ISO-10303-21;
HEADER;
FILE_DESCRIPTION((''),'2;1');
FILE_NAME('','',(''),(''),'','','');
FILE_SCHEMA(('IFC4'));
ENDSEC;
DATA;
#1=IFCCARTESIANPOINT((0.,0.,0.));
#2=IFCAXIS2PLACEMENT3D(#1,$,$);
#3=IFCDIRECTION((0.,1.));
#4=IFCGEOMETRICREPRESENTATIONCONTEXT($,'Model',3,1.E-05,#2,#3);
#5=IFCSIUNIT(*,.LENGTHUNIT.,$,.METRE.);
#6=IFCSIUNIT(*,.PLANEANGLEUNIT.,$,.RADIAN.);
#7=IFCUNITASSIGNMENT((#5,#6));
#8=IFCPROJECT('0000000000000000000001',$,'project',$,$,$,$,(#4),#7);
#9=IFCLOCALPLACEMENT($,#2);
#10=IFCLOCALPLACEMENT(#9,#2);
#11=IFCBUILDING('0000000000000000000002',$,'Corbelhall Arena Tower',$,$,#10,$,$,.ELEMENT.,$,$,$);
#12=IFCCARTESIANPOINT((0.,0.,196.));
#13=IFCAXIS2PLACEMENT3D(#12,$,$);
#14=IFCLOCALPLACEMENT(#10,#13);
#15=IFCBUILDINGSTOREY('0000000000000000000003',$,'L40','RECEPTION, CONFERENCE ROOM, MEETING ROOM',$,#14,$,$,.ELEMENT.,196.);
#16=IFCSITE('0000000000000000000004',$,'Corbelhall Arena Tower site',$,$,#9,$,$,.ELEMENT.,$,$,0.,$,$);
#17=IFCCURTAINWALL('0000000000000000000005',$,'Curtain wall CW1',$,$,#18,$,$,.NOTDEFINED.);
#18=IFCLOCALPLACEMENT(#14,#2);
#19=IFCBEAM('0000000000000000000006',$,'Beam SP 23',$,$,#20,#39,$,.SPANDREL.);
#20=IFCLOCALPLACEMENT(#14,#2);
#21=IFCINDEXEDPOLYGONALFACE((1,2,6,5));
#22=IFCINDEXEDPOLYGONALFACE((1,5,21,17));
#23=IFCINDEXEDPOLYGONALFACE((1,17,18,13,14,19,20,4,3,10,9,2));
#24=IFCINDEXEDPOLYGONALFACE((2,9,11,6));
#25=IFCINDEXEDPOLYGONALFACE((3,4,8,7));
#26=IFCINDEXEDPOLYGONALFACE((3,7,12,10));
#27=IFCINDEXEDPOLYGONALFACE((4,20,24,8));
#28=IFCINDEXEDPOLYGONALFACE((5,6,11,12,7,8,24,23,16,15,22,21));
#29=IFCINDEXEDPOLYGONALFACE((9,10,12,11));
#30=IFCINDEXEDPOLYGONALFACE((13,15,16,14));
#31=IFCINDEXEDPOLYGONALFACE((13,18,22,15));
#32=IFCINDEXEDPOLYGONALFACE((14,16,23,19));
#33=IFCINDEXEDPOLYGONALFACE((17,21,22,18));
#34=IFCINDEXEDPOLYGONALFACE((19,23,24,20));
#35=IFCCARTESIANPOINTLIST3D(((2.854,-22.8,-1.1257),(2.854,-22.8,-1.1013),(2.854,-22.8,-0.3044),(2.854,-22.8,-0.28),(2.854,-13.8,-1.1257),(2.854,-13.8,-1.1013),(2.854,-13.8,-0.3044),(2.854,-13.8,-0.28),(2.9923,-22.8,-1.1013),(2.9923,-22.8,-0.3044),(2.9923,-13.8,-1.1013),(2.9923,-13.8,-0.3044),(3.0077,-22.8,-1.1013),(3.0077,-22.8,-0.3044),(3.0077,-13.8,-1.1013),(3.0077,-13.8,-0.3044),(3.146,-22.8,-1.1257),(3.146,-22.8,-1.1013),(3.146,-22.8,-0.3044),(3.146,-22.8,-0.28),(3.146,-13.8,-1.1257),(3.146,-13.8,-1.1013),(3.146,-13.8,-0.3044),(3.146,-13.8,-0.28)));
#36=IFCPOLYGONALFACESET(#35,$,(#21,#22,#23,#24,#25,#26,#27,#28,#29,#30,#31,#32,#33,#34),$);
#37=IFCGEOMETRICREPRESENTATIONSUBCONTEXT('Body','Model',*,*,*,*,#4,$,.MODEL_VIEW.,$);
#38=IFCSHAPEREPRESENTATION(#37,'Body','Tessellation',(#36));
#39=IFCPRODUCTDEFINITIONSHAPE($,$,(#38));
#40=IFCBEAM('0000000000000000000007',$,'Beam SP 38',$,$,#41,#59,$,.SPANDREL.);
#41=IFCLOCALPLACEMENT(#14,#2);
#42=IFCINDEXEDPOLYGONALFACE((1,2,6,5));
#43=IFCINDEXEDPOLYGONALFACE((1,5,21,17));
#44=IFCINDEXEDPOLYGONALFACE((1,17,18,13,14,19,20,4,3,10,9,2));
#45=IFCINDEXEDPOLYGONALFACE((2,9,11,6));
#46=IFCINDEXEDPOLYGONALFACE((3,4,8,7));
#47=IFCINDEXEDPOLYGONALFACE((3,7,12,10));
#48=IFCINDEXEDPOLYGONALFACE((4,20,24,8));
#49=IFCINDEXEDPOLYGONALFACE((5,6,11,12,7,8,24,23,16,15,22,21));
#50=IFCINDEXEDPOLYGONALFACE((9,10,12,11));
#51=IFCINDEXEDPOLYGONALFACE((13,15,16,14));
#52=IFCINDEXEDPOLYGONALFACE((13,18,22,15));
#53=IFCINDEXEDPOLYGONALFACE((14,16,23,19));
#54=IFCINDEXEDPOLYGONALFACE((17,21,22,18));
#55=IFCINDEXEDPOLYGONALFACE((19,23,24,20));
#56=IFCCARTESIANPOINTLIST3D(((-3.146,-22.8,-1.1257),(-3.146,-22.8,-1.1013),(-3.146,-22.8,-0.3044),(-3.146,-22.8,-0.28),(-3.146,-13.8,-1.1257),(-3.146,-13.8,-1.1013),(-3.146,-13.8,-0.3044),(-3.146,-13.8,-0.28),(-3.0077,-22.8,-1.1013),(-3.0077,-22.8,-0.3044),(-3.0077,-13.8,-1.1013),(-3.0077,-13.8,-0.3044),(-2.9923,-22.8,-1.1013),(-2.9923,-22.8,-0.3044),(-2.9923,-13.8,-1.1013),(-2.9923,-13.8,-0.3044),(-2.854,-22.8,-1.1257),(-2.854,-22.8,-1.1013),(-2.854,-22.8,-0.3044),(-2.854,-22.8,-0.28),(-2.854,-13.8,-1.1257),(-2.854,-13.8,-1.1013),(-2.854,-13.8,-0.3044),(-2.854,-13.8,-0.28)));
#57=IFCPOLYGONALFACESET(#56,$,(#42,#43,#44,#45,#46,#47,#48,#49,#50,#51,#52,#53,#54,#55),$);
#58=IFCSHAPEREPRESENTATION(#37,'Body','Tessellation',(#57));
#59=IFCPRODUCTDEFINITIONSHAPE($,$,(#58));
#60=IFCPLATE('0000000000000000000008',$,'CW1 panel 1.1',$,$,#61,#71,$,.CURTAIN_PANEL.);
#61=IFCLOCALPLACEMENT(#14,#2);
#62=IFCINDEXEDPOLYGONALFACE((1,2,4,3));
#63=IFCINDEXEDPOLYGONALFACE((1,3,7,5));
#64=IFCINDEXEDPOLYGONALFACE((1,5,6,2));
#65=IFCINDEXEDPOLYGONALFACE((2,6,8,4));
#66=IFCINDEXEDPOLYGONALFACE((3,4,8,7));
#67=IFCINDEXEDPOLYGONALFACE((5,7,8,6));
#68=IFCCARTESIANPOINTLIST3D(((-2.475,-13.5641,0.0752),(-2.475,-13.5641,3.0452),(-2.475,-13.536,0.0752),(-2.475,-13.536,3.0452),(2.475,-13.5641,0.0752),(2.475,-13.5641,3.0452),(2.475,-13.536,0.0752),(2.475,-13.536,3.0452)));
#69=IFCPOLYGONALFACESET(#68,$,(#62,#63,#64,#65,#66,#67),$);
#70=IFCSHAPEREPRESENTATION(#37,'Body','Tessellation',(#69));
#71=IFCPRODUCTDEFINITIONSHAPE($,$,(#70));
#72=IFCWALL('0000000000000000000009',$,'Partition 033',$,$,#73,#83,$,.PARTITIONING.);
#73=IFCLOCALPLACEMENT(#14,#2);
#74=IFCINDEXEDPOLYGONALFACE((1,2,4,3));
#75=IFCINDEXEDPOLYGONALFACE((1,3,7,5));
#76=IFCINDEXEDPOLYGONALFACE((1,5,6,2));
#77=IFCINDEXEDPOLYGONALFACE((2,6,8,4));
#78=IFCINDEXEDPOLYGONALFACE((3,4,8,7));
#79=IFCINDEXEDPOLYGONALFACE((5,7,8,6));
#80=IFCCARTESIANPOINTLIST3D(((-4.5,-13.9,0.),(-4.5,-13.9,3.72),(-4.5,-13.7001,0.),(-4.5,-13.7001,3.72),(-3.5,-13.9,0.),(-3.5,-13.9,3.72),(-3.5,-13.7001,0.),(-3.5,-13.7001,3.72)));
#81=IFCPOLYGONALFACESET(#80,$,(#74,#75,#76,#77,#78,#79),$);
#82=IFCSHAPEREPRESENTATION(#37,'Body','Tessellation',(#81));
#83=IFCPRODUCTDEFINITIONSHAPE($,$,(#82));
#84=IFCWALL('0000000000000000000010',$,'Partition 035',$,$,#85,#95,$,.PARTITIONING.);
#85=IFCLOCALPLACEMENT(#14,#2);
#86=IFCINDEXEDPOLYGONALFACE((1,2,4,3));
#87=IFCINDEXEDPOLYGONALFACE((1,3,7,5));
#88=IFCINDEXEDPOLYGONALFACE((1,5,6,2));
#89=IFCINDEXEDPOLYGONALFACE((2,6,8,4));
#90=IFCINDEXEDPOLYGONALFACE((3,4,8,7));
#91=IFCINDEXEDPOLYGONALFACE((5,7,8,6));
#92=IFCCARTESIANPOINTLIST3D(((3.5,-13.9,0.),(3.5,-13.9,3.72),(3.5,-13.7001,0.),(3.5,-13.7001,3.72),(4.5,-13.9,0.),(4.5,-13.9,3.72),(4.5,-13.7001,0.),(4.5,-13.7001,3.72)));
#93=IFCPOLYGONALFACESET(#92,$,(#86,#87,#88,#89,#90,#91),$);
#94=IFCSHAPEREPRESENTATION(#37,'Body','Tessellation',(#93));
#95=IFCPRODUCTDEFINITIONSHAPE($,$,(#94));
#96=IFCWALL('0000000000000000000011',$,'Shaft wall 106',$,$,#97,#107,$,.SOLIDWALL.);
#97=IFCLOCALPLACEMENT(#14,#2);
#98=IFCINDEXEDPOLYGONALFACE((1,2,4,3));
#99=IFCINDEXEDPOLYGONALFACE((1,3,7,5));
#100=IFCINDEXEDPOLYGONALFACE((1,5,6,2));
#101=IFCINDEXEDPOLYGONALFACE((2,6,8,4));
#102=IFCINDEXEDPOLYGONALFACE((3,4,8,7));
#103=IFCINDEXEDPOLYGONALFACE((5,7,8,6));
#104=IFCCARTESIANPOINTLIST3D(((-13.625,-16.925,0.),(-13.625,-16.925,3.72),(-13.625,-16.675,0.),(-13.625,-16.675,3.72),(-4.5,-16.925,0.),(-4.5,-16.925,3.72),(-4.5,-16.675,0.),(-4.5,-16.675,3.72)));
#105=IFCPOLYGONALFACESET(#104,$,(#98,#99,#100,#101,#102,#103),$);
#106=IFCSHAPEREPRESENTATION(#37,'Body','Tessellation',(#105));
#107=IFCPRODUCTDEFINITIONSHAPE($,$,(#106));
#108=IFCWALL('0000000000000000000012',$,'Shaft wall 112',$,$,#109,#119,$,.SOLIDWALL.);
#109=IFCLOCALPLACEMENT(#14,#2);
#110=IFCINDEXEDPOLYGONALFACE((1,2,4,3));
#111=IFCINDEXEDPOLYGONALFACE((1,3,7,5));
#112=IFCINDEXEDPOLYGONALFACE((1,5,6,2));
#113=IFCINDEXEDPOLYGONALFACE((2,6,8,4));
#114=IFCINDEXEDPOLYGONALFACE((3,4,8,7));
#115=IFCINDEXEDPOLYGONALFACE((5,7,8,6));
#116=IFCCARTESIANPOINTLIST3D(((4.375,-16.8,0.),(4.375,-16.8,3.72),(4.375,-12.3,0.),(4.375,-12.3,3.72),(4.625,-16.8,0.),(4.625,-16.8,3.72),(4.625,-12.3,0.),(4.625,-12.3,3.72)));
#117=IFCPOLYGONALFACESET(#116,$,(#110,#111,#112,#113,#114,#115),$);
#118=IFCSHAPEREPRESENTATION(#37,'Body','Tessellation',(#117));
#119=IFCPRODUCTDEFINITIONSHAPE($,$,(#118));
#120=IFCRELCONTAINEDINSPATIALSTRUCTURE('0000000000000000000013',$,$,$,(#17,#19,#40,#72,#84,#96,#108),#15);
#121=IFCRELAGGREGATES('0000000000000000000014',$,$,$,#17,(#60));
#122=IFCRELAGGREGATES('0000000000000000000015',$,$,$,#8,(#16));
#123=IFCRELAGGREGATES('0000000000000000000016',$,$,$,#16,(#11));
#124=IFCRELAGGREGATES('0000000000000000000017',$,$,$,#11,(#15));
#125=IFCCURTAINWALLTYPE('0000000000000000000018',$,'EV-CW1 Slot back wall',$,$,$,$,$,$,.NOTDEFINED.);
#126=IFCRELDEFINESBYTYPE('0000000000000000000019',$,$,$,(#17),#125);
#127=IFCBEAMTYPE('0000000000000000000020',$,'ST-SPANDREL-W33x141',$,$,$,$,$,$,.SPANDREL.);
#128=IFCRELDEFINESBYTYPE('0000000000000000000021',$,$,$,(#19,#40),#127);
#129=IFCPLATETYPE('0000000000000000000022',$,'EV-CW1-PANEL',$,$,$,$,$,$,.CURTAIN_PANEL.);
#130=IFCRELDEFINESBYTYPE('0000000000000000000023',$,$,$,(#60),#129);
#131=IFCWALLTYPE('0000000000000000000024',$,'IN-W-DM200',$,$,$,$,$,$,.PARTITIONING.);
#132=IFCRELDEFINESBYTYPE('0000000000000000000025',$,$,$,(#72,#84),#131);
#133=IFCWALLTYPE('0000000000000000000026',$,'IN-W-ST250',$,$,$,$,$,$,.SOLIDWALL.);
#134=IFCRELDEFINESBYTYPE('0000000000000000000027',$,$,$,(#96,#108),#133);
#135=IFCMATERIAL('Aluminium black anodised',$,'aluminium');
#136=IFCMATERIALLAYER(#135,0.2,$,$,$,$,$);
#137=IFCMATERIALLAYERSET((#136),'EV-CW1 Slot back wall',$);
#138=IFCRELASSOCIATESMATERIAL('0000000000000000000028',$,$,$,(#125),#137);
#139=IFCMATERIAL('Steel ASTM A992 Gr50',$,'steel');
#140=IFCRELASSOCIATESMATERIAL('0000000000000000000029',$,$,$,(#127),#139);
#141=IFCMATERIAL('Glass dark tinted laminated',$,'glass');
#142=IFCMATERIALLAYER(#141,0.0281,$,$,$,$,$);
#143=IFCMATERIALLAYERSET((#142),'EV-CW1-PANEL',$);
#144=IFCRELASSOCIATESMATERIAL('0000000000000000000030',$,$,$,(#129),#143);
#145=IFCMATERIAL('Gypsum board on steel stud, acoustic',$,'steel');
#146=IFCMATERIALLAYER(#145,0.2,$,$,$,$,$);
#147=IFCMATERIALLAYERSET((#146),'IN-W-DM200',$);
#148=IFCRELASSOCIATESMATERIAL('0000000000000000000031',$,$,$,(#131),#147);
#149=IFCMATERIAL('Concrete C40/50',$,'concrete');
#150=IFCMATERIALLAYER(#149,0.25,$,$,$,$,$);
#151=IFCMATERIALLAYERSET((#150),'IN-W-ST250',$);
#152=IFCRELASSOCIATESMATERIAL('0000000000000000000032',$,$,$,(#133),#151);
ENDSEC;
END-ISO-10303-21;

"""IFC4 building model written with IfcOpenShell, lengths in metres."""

from ifc_helpers import new_model, si_unit, direction, frame, frame_2d, origin, origin_2d, place, context, subcontext, project, spatial, rectangle, i_section, extrude, material, layer, layer_set, material_profile, profile_set, type_object, element, aggregate, save


model = new_model("IFC4")

# Units and contexts
model_context = context("Model", 3, precision=1e-05, world=origin(), true_north=direction((0.0, 1.0)))
body_context = subcontext(model_context, "Body", "Model", "MODEL_VIEW")
ifc_project = project(units=[si_unit("LENGTHUNIT", "METRE"), si_unit("PLANEANGLEUNIT", "RADIAN")], contexts=[model_context])

# Site, building, storey
site_placement = place(None, origin())
site = spatial("IfcSite", under=ifc_project, at=site_placement, Name="Corbelhall Arena Tower site", CompositionType="ELEMENT", RefElevation=0.0)
building_placement = place(site_placement, origin())
building = spatial("IfcBuilding", under=site, at=building_placement, Name="Corbelhall Arena Tower", CompositionType="ELEMENT")
storey_placement = place(building_placement, frame((0.0, 0.0, 196.0)))
storey = spatial("IfcBuildingStorey", under=building, at=storey_placement, Name="L40", Description="RECEPTION, CONFERENCE ROOM, MEETING ROOM", CompositionType="ELEMENT", Elevation=196.0)

# Curtain wall
ifc_material_1 = material(Name="Aluminium black anodised", Category="aluminium")
ifc_layer_1 = layer(ifc_material_1, 0.2)
ifc_layer_set_1 = layer_set([ifc_layer_1], Name="EV-CW1 Slot back wall")
curtain_wall_type = type_object("IfcCurtainWallType", Name="EV-CW1 Slot back wall", PredefinedType="NOTDEFINED", material=ifc_layer_set_1)
curtain_wall_placement = place(storey_placement, origin())
curtain_wall = element("IfcCurtainWall", 1, at=curtain_wall_placement, inside=storey, type_object=curtain_wall_type, Name="Curtain wall CW1", PredefinedType="NOTDEFINED")

# Beams
ifc_material_2 = material(Name="Steel ASTM A992 Gr50", Category="steel")
ifc_material_profile_1 = material_profile(ifc_material_2, i_section(OverallWidth=0.292, OverallDepth=0.8457, WebThickness=0.0154, FlangeThickness=0.0244, at=origin_2d()))
ifc_profile_set_1 = profile_set([ifc_material_profile_1], Name="Steel ASTM A992 Gr50")
beam_type_1 = type_object("IfcBeamType", Name="ST-SPANDREL-W33x141", PredefinedType="SPANDREL", material=ifc_profile_set_1)
for number, where, z_axis, x_axis, name in (
    (2, (3.0, -22.8, -0.7029), (0.0, 1.0, 0.0), (-1.0, 0.0, 0.0), "Beam SP 23"),
    (3, (-3.0, -13.8, -0.7029), (0.0, -1.0, 0.0), (1.0, 0.0, 0.0), "Beam SP 38"),
):
    element("IfcBeam", number, at=place(storey_placement, frame(where, z_axis=z_axis, x_axis=x_axis)), inside=storey, type_object=beam_type_1, Name=name, PredefinedType="SPANDREL", context=body_context, shape_type="SweptSolid", body=[
        extrude(i_section(OverallWidth=0.292, OverallDepth=0.8457, WebThickness=0.0154, FlangeThickness=0.0244, at=origin_2d()), origin(), (0.0, 0.0, 1.0), 9.0),
    ])

# Plate
ifc_material_3 = material(Name="Glass dark tinted laminated", Category="glass")
ifc_layer_2 = layer(ifc_material_3, 0.0281)
ifc_layer_set_2 = layer_set([ifc_layer_2], Name="EV-CW1-PANEL")
plate_type = type_object("IfcPlateType", Name="EV-CW1-PANEL", PredefinedType="CURTAIN_PANEL", material=ifc_layer_set_2)
plate_placement = place(storey_placement, frame((0.0, -13.55, 0.0752), z_axis=(0.0, 0.0, 1.0), x_axis=(1.0, 0.0, 0.0)))
plate = element("IfcPlate", 4, at=plate_placement, type_object=plate_type, Name="CW1 panel 1.1", PredefinedType="CURTAIN_PANEL", context=body_context, shape_type="SweptSolid", body=[
    extrude(rectangle(XDim=4.95, YDim=0.0281, at=origin_2d()), origin(), (0.0, 0.0, 1.0), 2.97),
])
aggregate(curtain_wall, [plate])

# Walls
ifc_material_4 = material(Name="Gypsum board on steel stud, acoustic", Category="steel")
ifc_layer_3 = layer(ifc_material_4, 0.2)
ifc_layer_set_3 = layer_set([ifc_layer_3], Name="IN-W-DM200")
wall_type_1 = type_object("IfcWallType", Name="IN-W-DM200", PredefinedType="PARTITIONING", material=ifc_layer_set_3)
for number, where, z_axis, x_axis, name in (
    (5, (-3.5, -13.8, 0.0), (0.0, 0.0, 1.0), (-1.0, 0.0, 0.0), "Partition 033"),
    (6, (4.5, -13.8, 0.0), (0.0, 0.0, 1.0), (-1.0, 0.0, 0.0), "Partition 035"),
):
    element("IfcWall", number, at=place(storey_placement, frame(where, z_axis=z_axis, x_axis=x_axis)), inside=storey, type_object=wall_type_1, Name=name, PredefinedType="PARTITIONING", context=body_context, shape_type="SweptSolid", body=[
        extrude(rectangle(XDim=1.0, YDim=0.2, at=frame_2d((0.5, 0.0))), origin(), (0.0, 0.0, 1.0), 3.72),
    ])
ifc_material_5 = material(Name="Concrete C40/50", Category="concrete")
ifc_layer_4 = layer(ifc_material_5, 0.25)
ifc_layer_set_4 = layer_set([ifc_layer_4], Name="IN-W-ST250")
wall_type_2 = type_object("IfcWallType", Name="IN-W-ST250", PredefinedType="SOLIDWALL", material=ifc_layer_set_4)
wall_1_placement = place(storey_placement, frame((-4.5, -16.8, 0.0), z_axis=(0.0, 0.0, 1.0), x_axis=(-1.0, 0.0, 0.0)))
element("IfcWall", 7, at=wall_1_placement, inside=storey, type_object=wall_type_2, Name="Shaft wall 106", PredefinedType="SOLIDWALL", context=body_context, shape_type="SweptSolid", body=[
    extrude(rectangle(XDim=9.125, YDim=0.25, at=frame_2d((4.5625, 0.0))), origin(), (0.0, 0.0, 1.0), 3.72),
])
wall_2_placement = place(storey_placement, frame((4.5, -16.8, 0.0), z_axis=(0.0, 0.0, 1.0), x_axis=(0.0, 1.0, 0.0)))
element("IfcWall", 8, at=wall_2_placement, inside=storey, type_object=wall_type_2, Name="Shaft wall 112", PredefinedType="SOLIDWALL", context=body_context, shape_type="SweptSolid", body=[
    extrude(rectangle(XDim=4.5, YDim=0.25, at=frame_2d((2.25, 0.0))), origin(), (0.0, 0.0, 1.0), 3.72),
])

save(model, "model.ifc")
